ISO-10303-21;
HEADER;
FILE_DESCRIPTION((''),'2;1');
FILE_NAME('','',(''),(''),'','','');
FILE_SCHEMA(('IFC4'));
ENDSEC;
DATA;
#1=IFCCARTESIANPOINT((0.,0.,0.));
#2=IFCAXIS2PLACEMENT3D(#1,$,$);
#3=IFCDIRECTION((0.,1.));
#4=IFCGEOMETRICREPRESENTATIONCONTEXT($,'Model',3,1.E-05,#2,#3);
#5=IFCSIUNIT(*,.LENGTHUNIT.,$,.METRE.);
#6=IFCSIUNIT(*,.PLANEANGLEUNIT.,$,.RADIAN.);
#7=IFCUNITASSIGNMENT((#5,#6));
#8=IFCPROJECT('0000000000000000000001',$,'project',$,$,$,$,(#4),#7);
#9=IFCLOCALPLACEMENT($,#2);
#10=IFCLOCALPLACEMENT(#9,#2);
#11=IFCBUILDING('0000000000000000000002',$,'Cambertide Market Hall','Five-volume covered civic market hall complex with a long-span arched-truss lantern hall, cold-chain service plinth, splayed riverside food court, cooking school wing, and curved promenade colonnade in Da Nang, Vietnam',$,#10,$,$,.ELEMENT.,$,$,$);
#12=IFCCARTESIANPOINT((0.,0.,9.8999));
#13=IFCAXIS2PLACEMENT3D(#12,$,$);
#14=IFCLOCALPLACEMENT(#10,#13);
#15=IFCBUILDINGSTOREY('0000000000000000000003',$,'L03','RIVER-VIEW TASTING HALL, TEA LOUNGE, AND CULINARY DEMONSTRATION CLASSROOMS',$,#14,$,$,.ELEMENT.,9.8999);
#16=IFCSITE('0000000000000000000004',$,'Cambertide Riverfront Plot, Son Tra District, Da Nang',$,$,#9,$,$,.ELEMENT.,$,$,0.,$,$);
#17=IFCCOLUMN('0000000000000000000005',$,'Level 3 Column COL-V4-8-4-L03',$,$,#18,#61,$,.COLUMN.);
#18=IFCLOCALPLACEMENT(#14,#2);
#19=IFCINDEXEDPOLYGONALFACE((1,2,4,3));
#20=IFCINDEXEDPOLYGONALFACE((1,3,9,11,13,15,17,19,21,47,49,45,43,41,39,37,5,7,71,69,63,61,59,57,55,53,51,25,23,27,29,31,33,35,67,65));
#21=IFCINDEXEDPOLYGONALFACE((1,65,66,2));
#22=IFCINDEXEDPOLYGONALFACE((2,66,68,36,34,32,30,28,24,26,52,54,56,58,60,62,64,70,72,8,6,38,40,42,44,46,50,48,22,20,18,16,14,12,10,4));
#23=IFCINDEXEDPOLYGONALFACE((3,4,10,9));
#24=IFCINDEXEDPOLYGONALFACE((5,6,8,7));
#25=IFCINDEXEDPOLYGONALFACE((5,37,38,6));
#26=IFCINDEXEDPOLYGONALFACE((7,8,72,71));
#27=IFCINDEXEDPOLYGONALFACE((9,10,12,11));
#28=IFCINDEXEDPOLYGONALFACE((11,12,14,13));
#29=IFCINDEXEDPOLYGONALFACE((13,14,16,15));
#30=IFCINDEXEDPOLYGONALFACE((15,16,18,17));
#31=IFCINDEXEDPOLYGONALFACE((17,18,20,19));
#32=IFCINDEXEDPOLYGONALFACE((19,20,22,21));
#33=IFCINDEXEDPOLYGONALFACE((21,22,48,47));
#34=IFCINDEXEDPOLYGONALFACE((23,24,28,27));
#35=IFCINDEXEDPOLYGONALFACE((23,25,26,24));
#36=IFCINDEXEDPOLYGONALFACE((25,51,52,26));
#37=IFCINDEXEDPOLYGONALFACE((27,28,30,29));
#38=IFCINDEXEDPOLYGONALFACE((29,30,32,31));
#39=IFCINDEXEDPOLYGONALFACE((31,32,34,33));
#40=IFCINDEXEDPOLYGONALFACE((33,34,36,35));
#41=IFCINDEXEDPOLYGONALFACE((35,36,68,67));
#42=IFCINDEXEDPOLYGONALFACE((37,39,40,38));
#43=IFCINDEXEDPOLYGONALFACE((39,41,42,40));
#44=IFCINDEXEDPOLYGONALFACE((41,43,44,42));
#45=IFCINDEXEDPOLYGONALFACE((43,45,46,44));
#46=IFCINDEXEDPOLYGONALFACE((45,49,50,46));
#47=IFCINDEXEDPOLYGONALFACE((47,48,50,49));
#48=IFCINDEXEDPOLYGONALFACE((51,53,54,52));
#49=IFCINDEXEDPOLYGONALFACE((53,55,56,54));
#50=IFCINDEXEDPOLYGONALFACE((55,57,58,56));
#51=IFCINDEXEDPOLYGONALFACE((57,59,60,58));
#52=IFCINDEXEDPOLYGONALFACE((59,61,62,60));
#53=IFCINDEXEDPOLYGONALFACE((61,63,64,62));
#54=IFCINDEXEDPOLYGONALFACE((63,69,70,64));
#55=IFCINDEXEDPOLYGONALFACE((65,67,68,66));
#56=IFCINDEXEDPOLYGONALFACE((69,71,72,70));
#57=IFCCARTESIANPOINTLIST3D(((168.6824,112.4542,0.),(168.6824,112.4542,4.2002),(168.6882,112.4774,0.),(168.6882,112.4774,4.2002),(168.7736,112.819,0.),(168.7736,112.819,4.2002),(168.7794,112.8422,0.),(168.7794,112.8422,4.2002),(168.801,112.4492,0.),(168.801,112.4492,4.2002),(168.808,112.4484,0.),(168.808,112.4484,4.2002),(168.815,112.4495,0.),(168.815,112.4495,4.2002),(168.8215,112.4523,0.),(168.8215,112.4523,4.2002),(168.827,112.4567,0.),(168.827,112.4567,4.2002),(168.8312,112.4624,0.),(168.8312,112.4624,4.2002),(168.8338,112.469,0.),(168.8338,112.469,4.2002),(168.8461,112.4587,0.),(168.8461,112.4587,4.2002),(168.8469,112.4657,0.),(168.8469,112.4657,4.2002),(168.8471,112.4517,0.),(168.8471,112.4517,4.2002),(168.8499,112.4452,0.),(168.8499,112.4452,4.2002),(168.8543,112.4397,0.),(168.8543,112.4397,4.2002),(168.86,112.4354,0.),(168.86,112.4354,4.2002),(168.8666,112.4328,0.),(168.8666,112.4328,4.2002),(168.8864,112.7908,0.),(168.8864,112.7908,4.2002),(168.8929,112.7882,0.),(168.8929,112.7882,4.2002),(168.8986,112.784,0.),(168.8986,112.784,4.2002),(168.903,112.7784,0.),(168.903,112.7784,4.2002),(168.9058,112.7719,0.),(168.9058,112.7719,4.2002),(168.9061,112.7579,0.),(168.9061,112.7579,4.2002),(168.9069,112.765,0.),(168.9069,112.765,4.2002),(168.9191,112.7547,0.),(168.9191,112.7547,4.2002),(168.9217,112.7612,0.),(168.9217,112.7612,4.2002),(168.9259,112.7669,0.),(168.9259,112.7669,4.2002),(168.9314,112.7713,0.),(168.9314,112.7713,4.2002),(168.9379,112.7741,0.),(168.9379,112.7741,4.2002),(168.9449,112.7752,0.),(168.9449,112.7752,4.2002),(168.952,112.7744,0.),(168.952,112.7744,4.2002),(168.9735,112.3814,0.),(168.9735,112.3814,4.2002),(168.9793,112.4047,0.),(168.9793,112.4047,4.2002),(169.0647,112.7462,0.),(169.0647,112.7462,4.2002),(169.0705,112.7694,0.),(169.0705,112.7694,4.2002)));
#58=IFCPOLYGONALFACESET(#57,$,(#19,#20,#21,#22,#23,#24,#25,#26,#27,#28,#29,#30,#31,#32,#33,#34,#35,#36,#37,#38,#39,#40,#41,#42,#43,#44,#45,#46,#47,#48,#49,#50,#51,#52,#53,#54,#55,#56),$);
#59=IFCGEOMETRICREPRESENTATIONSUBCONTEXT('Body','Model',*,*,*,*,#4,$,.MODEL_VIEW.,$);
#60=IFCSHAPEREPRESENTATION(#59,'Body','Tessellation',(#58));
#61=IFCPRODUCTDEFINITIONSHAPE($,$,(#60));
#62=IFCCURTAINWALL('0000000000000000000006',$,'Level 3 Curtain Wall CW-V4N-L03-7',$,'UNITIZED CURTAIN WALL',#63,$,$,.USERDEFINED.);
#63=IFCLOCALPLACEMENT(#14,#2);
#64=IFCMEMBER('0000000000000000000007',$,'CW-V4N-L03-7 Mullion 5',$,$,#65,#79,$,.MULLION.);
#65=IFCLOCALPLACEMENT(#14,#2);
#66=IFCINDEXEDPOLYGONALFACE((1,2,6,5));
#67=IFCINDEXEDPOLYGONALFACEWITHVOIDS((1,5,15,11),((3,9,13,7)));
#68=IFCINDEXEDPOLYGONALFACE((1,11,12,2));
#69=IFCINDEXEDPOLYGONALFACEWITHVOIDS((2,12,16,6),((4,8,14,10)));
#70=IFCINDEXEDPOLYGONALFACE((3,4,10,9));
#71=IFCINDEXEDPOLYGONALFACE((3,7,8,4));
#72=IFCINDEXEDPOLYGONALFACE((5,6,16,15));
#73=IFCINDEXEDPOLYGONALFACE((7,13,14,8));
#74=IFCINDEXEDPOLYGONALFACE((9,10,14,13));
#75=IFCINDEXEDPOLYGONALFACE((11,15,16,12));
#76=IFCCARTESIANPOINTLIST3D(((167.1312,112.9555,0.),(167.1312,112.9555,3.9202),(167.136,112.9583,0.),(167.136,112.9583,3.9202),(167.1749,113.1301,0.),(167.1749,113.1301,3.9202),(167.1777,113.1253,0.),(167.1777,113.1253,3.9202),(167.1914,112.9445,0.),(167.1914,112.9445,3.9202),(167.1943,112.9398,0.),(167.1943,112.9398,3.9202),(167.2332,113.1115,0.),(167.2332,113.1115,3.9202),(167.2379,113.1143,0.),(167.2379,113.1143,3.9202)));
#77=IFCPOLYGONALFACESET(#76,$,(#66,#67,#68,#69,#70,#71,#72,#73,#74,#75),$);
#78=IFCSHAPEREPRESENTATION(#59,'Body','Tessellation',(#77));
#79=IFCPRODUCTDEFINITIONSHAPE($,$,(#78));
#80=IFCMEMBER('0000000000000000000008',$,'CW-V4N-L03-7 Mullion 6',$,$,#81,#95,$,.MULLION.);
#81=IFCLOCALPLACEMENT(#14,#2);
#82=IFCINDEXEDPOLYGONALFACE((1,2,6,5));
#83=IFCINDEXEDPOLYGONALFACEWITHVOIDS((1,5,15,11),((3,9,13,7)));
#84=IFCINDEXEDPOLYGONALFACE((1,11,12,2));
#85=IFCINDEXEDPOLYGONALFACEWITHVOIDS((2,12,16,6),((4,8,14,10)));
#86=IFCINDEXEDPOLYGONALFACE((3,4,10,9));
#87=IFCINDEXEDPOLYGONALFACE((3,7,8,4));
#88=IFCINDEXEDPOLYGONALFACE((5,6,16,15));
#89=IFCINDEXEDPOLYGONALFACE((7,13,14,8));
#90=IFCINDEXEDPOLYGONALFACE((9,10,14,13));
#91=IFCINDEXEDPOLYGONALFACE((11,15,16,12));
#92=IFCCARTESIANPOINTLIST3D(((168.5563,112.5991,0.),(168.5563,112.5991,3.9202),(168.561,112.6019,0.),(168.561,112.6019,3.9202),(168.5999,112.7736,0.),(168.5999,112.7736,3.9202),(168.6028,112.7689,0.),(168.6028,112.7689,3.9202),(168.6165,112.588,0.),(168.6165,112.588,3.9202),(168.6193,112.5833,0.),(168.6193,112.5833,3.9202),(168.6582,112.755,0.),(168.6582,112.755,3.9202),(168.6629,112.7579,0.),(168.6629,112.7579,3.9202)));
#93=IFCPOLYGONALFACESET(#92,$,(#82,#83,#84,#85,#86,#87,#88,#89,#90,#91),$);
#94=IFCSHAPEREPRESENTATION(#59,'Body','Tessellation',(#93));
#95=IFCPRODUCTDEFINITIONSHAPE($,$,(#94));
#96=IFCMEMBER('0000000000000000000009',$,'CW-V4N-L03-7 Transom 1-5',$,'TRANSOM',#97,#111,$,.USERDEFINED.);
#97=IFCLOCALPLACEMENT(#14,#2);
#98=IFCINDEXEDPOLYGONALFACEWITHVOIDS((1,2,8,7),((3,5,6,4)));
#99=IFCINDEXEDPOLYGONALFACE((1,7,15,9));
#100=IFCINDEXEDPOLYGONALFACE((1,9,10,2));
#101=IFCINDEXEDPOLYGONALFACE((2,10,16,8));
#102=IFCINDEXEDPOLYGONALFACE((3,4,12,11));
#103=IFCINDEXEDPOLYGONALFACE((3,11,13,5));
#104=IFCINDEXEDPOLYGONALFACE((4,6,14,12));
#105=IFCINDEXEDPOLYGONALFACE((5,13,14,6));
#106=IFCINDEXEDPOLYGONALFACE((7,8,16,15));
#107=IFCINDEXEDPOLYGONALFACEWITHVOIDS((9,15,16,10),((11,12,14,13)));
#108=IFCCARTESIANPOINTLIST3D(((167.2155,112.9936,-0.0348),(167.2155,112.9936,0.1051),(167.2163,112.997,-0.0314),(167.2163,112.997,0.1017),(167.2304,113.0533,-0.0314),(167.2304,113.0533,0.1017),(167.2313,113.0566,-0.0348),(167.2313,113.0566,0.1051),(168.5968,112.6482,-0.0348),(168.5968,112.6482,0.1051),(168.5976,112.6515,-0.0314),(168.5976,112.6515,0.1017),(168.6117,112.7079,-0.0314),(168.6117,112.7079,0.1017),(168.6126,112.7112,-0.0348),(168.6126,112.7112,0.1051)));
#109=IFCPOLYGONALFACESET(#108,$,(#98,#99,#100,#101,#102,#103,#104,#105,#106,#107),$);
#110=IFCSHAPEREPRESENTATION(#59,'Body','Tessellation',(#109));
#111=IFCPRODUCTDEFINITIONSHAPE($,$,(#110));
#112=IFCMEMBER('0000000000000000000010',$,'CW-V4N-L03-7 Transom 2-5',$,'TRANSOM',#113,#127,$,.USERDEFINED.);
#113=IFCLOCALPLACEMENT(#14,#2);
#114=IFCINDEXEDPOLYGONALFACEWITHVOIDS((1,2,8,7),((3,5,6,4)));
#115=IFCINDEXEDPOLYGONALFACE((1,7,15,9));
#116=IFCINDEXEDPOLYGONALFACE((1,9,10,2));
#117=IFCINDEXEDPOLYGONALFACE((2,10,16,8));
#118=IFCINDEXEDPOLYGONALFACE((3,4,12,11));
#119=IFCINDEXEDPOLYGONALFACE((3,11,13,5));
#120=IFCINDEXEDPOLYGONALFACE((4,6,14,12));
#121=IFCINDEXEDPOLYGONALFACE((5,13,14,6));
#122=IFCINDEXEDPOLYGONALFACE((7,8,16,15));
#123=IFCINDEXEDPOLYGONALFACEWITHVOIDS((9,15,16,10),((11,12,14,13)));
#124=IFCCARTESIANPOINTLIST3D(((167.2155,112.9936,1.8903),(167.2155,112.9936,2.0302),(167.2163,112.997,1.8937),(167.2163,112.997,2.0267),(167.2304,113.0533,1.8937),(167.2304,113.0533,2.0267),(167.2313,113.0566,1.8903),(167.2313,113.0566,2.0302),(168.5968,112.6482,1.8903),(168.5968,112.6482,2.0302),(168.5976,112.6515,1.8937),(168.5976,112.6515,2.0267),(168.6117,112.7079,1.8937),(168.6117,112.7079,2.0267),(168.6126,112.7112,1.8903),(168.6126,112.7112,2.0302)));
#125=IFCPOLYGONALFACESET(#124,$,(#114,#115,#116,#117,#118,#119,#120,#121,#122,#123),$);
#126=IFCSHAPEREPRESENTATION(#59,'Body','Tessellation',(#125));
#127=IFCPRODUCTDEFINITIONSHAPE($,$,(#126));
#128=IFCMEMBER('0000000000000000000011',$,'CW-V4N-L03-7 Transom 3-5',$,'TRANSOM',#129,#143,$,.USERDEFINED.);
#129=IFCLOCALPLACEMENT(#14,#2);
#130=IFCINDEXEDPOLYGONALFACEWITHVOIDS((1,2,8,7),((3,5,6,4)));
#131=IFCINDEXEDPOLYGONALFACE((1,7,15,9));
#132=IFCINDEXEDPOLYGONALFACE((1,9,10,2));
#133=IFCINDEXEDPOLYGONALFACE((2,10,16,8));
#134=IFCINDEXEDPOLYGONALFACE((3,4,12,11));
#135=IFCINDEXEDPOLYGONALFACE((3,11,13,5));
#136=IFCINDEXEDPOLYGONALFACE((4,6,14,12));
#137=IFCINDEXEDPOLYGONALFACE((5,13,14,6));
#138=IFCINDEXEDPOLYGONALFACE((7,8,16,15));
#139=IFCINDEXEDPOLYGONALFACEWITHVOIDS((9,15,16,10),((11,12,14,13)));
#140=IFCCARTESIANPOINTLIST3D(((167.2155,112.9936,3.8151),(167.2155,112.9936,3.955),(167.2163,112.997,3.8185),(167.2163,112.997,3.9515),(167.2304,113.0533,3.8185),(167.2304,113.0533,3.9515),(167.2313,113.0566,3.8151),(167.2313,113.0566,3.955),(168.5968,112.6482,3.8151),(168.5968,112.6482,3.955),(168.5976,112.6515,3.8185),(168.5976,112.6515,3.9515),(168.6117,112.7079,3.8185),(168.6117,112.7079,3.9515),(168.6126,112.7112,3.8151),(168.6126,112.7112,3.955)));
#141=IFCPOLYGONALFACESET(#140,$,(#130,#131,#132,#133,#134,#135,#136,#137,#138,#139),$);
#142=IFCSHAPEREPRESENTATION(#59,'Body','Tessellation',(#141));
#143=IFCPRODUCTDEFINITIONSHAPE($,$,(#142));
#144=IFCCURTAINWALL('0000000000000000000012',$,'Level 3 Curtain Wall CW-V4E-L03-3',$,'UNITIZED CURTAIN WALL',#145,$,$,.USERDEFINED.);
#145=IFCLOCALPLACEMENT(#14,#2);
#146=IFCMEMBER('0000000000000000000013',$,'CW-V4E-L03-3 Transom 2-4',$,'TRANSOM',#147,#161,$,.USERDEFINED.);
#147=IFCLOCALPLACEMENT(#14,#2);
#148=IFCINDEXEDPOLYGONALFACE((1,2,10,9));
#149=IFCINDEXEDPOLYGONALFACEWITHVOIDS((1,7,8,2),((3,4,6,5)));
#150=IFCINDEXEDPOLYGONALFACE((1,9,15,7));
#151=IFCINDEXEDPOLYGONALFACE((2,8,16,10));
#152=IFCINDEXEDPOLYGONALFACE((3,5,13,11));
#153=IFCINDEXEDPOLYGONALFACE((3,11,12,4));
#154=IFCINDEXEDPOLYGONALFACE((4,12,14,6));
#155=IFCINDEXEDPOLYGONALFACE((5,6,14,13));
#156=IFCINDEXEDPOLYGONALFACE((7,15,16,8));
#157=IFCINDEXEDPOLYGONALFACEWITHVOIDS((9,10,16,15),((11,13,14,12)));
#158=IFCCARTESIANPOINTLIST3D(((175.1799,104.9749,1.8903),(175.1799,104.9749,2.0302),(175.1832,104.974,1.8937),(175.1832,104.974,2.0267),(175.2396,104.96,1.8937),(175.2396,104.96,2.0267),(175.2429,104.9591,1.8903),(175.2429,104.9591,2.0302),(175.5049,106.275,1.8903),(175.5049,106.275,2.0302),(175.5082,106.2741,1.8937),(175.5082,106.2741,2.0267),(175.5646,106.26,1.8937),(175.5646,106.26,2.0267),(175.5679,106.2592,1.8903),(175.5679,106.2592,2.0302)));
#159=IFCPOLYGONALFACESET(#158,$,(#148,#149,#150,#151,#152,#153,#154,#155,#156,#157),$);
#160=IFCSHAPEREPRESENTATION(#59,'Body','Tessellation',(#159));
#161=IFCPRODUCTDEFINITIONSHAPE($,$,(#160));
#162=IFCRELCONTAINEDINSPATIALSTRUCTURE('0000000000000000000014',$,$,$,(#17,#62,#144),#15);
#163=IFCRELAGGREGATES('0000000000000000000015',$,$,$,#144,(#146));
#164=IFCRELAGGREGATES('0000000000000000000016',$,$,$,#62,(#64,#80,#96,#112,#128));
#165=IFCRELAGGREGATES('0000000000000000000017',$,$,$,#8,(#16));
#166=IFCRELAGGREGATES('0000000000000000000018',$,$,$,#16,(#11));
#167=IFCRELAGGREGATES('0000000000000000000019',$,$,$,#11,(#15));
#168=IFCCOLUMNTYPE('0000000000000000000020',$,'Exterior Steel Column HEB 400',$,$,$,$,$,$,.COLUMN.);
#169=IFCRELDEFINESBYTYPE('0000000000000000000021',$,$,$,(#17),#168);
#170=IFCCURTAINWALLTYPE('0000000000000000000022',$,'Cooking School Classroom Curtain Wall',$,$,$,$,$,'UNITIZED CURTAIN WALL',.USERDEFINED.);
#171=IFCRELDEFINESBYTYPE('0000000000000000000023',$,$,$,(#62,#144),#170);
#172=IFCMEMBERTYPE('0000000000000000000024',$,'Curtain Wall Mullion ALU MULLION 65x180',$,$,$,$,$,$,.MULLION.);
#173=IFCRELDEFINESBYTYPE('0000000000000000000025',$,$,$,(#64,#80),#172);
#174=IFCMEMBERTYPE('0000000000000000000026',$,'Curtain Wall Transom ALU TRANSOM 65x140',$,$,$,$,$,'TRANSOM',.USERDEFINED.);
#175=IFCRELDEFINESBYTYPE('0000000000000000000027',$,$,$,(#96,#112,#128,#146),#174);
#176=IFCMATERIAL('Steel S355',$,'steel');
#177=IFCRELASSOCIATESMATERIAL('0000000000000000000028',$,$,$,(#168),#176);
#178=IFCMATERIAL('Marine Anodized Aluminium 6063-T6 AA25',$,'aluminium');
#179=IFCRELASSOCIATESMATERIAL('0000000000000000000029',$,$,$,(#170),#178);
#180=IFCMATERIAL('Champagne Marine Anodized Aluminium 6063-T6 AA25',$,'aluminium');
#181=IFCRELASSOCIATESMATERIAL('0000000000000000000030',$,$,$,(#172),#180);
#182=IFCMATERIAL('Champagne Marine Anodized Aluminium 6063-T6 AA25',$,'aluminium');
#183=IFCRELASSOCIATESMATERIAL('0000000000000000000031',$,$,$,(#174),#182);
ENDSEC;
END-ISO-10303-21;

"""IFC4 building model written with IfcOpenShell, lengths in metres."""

from ifc_helpers import new_model, si_unit, direction, frame, origin, origin_2d, place, context, subcontext, project, spatial, hollow_rectangle, i_section, extrude, material, material_profile, profile_set, type_object, element, aggregate, save


model = new_model("IFC4")

# Units and contexts
model_context = context("Model", 3, precision=1e-05, world=origin(), true_north=direction((0.0, 1.0)))
body_context = subcontext(model_context, "Body", "Model", "MODEL_VIEW")
ifc_project = project(units=[si_unit("LENGTHUNIT", "METRE"), si_unit("PLANEANGLEUNIT", "RADIAN")], contexts=[model_context])

# Site, building, storey
site_placement = place(None, origin())
site = spatial("IfcSite", under=ifc_project, at=site_placement, Name="Cambertide Riverfront Plot, Son Tra District, Da Nang", CompositionType="ELEMENT", RefElevation=0.0)
building_placement = place(site_placement, origin())
building = spatial("IfcBuilding", under=site, at=building_placement, Name="Cambertide Market Hall", Description="Five-volume covered civic market hall complex with a long-span arched-truss lantern hall, cold-chain service plinth, splayed riverside food court, cooking school wing, and curved promenade colonnade in Da Nang, Vietnam", CompositionType="ELEMENT")
storey_placement = place(building_placement, frame((0.0, 0.0, 9.8999)))
storey = spatial("IfcBuildingStorey", under=building, at=storey_placement, Name="L03", Description="RIVER-VIEW TASTING HALL, TEA LOUNGE, AND CULINARY DEMONSTRATION CLASSROOMS", CompositionType="ELEMENT", Elevation=9.8999)

# Column
ifc_material_1 = material(Name="Steel S355", Category="steel")
ifc_material_profile_1 = material_profile(ifc_material_1, i_section(OverallWidth=0.3, OverallDepth=0.3999, WebThickness=0.0134, FlangeThickness=0.0239, FilletRadius=0.0271, at=origin_2d()), Name="HEB 400")
ifc_profile_set_1 = profile_set([ifc_material_profile_1], Name="Steel S355")
column_type = type_object("IfcColumnType", Name="Exterior Steel Column HEB 400", PredefinedType="COLUMN", material=ifc_profile_set_1)
column_placement = place(storey_placement, frame((168.8765, 112.6118, 0.0), z_axis=(0.0, 0.0, 1.0), x_axis=(0.970143, -0.242536, 0.0)))
element("IfcColumn", 1, at=column_placement, inside=storey, type_object=column_type, Name="Level 3 Column COL-V4-8-4-L03", PredefinedType="COLUMN", context=body_context, shape_type="SweptSolid", body=[
    extrude(i_section(OverallWidth=0.3, OverallDepth=0.3999, WebThickness=0.0134, FlangeThickness=0.0239, FilletRadius=0.0271, at=origin_2d()), origin(), (0.0, 0.0, 1.0), 4.2002),
])

# Curtain wall, members
ifc_material_2 = material(Name="Marine Anodized Aluminium 6063-T6 AA25", Category="aluminium")
curtain_wall_type = type_object("IfcCurtainWallType", Name="Cooking School Classroom Curtain Wall", ElementType="UNITIZED CURTAIN WALL", PredefinedType="USERDEFINED", material=ifc_material_2)
curtain_wall_1_placement = place(storey_placement, origin())
curtain_wall_1 = element("IfcCurtainWall", 2, at=curtain_wall_1_placement, inside=storey, type_object=curtain_wall_type, Name="Level 3 Curtain Wall CW-V4N-L03-7", ObjectType="UNITIZED CURTAIN WALL", PredefinedType="USERDEFINED")
ifc_material_3 = material(Name="Champagne Marine Anodized Aluminium 6063-T6 AA25", Category="aluminium")
ifc_material_profile_2 = material_profile(ifc_material_3, hollow_rectangle(XDim=0.0649, YDim=0.1799, WallThickness=0.0039, at=origin_2d()), Name="ALU MULLION 65x180")
ifc_profile_set_2 = profile_set([ifc_material_profile_2], Name="Champagne Marine Anodized Aluminium 6063-T6 AA25")
member_type_1 = type_object("IfcMemberType", Name="Curtain Wall Mullion ALU MULLION 65x180", PredefinedType="MULLION", material=ifc_profile_set_2)
member_1_placement = place(storey_placement, frame((167.1846, 113.0349, 0.0), z_axis=(0.0, 0.0, 1.0), x_axis=(0.970143, -0.242536, 0.0)))
member_1 = element("IfcMember", 3, at=member_1_placement, type_object=member_type_1, Name="CW-V4N-L03-7 Mullion 5", PredefinedType="MULLION", context=body_context, shape_type="SweptSolid", body=[
    extrude(hollow_rectangle(XDim=0.0649, YDim=0.1799, WallThickness=0.0039, at=origin_2d()), origin(), (0.0, 0.0, 1.0), 3.9202),
])
member_2_placement = place(storey_placement, frame((168.6096, 112.6785, 0.0), z_axis=(0.0, 0.0, 1.0), x_axis=(0.970143, -0.242536, 0.0)))
member_2 = element("IfcMember", 4, at=member_2_placement, type_object=member_type_1, Name="CW-V4N-L03-7 Mullion 6", PredefinedType="MULLION", context=body_context, shape_type="SweptSolid", body=[
    extrude(hollow_rectangle(XDim=0.0649, YDim=0.1799, WallThickness=0.0039, at=origin_2d()), origin(), (0.0, 0.0, 1.0), 3.9202),
])
ifc_material_4 = material(Name="Champagne Marine Anodized Aluminium 6063-T6 AA25", Category="aluminium")
ifc_material_profile_3 = material_profile(ifc_material_4, hollow_rectangle(XDim=0.0649, YDim=0.1399, WallThickness=0.0034, at=origin_2d()), Name="ALU TRANSOM 65x140")
ifc_profile_set_3 = profile_set([ifc_material_profile_3], Name="Champagne Marine Anodized Aluminium 6063-T6 AA25")
member_type_2 = type_object("IfcMemberType", Name="Curtain Wall Transom ALU TRANSOM 65x140", ElementType="TRANSOM", PredefinedType="USERDEFINED", material=ifc_profile_set_3)
member_3_placement = place(storey_placement, frame((167.2234, 113.0251, 0.0352), z_axis=(0.970122, -0.242616, 0.0), x_axis=(0.242616, 0.970122, 0.0)))
member_3 = element("IfcMember", 5, at=member_3_placement, type_object=member_type_2, Name="CW-V4N-L03-7 Transom 1-5", ObjectType="TRANSOM", PredefinedType="USERDEFINED", context=body_context, shape_type="SweptSolid", body=[
    extrude(hollow_rectangle(XDim=0.0649, YDim=0.1399, WallThickness=0.0034, at=origin_2d()), origin(), (0.0, 0.0, 1.0), 1.4238),
])
member_4_placement = place(storey_placement, frame((167.2234, 113.0251, 1.9602), z_axis=(0.970122, -0.242616, 0.0), x_axis=(0.242616, 0.970122, 0.0)))
member_4 = element("IfcMember", 6, at=member_4_placement, type_object=member_type_2, Name="CW-V4N-L03-7 Transom 2-5", ObjectType="TRANSOM", PredefinedType="USERDEFINED", context=body_context, shape_type="SweptSolid", body=[
    extrude(hollow_rectangle(XDim=0.0649, YDim=0.1399, WallThickness=0.0034, at=origin_2d()), origin(), (0.0, 0.0, 1.0), 1.4238),
])
member_5_placement = place(storey_placement, frame((167.2234, 113.0251, 3.885), z_axis=(0.970122, -0.242616, 0.0), x_axis=(0.242616, 0.970122, 0.0)))
member_5 = element("IfcMember", 7, at=member_5_placement, type_object=member_type_2, Name="CW-V4N-L03-7 Transom 3-5", ObjectType="TRANSOM", PredefinedType="USERDEFINED", context=body_context, shape_type="SweptSolid", body=[
    extrude(hollow_rectangle(XDim=0.0649, YDim=0.1399, WallThickness=0.0034, at=origin_2d()), origin(), (0.0, 0.0, 1.0), 1.4238),
])

# Curtain wall, member
curtain_wall_2_placement = place(storey_placement, origin())
curtain_wall_2 = element("IfcCurtainWall", 8, at=curtain_wall_2_placement, inside=storey, type_object=curtain_wall_type, Name="Level 3 Curtain Wall CW-V4E-L03-3", ObjectType="UNITIZED CURTAIN WALL", PredefinedType="USERDEFINED")
member_6_placement = place(storey_placement, frame((175.5364, 106.2671, 1.9602), z_axis=(-0.242493, -0.970153, 0.0), x_axis=(0.970153, -0.242493, 0.0)))
member_6 = element("IfcMember", 9, at=member_6_placement, type_object=member_type_2, Name="CW-V4E-L03-3 Transom 2-4", ObjectType="TRANSOM", PredefinedType="USERDEFINED", context=body_context, shape_type="SweptSolid", body=[
    extrude(hollow_rectangle(XDim=0.0649, YDim=0.1399, WallThickness=0.0034, at=origin_2d()), origin(), (0.0, 0.0, 1.0), 1.3401),
])
aggregate(curtain_wall_2, [member_6])

aggregate(curtain_wall_1, [member_1, member_2, member_3, member_4, member_5])

save(model, "model.ifc")
